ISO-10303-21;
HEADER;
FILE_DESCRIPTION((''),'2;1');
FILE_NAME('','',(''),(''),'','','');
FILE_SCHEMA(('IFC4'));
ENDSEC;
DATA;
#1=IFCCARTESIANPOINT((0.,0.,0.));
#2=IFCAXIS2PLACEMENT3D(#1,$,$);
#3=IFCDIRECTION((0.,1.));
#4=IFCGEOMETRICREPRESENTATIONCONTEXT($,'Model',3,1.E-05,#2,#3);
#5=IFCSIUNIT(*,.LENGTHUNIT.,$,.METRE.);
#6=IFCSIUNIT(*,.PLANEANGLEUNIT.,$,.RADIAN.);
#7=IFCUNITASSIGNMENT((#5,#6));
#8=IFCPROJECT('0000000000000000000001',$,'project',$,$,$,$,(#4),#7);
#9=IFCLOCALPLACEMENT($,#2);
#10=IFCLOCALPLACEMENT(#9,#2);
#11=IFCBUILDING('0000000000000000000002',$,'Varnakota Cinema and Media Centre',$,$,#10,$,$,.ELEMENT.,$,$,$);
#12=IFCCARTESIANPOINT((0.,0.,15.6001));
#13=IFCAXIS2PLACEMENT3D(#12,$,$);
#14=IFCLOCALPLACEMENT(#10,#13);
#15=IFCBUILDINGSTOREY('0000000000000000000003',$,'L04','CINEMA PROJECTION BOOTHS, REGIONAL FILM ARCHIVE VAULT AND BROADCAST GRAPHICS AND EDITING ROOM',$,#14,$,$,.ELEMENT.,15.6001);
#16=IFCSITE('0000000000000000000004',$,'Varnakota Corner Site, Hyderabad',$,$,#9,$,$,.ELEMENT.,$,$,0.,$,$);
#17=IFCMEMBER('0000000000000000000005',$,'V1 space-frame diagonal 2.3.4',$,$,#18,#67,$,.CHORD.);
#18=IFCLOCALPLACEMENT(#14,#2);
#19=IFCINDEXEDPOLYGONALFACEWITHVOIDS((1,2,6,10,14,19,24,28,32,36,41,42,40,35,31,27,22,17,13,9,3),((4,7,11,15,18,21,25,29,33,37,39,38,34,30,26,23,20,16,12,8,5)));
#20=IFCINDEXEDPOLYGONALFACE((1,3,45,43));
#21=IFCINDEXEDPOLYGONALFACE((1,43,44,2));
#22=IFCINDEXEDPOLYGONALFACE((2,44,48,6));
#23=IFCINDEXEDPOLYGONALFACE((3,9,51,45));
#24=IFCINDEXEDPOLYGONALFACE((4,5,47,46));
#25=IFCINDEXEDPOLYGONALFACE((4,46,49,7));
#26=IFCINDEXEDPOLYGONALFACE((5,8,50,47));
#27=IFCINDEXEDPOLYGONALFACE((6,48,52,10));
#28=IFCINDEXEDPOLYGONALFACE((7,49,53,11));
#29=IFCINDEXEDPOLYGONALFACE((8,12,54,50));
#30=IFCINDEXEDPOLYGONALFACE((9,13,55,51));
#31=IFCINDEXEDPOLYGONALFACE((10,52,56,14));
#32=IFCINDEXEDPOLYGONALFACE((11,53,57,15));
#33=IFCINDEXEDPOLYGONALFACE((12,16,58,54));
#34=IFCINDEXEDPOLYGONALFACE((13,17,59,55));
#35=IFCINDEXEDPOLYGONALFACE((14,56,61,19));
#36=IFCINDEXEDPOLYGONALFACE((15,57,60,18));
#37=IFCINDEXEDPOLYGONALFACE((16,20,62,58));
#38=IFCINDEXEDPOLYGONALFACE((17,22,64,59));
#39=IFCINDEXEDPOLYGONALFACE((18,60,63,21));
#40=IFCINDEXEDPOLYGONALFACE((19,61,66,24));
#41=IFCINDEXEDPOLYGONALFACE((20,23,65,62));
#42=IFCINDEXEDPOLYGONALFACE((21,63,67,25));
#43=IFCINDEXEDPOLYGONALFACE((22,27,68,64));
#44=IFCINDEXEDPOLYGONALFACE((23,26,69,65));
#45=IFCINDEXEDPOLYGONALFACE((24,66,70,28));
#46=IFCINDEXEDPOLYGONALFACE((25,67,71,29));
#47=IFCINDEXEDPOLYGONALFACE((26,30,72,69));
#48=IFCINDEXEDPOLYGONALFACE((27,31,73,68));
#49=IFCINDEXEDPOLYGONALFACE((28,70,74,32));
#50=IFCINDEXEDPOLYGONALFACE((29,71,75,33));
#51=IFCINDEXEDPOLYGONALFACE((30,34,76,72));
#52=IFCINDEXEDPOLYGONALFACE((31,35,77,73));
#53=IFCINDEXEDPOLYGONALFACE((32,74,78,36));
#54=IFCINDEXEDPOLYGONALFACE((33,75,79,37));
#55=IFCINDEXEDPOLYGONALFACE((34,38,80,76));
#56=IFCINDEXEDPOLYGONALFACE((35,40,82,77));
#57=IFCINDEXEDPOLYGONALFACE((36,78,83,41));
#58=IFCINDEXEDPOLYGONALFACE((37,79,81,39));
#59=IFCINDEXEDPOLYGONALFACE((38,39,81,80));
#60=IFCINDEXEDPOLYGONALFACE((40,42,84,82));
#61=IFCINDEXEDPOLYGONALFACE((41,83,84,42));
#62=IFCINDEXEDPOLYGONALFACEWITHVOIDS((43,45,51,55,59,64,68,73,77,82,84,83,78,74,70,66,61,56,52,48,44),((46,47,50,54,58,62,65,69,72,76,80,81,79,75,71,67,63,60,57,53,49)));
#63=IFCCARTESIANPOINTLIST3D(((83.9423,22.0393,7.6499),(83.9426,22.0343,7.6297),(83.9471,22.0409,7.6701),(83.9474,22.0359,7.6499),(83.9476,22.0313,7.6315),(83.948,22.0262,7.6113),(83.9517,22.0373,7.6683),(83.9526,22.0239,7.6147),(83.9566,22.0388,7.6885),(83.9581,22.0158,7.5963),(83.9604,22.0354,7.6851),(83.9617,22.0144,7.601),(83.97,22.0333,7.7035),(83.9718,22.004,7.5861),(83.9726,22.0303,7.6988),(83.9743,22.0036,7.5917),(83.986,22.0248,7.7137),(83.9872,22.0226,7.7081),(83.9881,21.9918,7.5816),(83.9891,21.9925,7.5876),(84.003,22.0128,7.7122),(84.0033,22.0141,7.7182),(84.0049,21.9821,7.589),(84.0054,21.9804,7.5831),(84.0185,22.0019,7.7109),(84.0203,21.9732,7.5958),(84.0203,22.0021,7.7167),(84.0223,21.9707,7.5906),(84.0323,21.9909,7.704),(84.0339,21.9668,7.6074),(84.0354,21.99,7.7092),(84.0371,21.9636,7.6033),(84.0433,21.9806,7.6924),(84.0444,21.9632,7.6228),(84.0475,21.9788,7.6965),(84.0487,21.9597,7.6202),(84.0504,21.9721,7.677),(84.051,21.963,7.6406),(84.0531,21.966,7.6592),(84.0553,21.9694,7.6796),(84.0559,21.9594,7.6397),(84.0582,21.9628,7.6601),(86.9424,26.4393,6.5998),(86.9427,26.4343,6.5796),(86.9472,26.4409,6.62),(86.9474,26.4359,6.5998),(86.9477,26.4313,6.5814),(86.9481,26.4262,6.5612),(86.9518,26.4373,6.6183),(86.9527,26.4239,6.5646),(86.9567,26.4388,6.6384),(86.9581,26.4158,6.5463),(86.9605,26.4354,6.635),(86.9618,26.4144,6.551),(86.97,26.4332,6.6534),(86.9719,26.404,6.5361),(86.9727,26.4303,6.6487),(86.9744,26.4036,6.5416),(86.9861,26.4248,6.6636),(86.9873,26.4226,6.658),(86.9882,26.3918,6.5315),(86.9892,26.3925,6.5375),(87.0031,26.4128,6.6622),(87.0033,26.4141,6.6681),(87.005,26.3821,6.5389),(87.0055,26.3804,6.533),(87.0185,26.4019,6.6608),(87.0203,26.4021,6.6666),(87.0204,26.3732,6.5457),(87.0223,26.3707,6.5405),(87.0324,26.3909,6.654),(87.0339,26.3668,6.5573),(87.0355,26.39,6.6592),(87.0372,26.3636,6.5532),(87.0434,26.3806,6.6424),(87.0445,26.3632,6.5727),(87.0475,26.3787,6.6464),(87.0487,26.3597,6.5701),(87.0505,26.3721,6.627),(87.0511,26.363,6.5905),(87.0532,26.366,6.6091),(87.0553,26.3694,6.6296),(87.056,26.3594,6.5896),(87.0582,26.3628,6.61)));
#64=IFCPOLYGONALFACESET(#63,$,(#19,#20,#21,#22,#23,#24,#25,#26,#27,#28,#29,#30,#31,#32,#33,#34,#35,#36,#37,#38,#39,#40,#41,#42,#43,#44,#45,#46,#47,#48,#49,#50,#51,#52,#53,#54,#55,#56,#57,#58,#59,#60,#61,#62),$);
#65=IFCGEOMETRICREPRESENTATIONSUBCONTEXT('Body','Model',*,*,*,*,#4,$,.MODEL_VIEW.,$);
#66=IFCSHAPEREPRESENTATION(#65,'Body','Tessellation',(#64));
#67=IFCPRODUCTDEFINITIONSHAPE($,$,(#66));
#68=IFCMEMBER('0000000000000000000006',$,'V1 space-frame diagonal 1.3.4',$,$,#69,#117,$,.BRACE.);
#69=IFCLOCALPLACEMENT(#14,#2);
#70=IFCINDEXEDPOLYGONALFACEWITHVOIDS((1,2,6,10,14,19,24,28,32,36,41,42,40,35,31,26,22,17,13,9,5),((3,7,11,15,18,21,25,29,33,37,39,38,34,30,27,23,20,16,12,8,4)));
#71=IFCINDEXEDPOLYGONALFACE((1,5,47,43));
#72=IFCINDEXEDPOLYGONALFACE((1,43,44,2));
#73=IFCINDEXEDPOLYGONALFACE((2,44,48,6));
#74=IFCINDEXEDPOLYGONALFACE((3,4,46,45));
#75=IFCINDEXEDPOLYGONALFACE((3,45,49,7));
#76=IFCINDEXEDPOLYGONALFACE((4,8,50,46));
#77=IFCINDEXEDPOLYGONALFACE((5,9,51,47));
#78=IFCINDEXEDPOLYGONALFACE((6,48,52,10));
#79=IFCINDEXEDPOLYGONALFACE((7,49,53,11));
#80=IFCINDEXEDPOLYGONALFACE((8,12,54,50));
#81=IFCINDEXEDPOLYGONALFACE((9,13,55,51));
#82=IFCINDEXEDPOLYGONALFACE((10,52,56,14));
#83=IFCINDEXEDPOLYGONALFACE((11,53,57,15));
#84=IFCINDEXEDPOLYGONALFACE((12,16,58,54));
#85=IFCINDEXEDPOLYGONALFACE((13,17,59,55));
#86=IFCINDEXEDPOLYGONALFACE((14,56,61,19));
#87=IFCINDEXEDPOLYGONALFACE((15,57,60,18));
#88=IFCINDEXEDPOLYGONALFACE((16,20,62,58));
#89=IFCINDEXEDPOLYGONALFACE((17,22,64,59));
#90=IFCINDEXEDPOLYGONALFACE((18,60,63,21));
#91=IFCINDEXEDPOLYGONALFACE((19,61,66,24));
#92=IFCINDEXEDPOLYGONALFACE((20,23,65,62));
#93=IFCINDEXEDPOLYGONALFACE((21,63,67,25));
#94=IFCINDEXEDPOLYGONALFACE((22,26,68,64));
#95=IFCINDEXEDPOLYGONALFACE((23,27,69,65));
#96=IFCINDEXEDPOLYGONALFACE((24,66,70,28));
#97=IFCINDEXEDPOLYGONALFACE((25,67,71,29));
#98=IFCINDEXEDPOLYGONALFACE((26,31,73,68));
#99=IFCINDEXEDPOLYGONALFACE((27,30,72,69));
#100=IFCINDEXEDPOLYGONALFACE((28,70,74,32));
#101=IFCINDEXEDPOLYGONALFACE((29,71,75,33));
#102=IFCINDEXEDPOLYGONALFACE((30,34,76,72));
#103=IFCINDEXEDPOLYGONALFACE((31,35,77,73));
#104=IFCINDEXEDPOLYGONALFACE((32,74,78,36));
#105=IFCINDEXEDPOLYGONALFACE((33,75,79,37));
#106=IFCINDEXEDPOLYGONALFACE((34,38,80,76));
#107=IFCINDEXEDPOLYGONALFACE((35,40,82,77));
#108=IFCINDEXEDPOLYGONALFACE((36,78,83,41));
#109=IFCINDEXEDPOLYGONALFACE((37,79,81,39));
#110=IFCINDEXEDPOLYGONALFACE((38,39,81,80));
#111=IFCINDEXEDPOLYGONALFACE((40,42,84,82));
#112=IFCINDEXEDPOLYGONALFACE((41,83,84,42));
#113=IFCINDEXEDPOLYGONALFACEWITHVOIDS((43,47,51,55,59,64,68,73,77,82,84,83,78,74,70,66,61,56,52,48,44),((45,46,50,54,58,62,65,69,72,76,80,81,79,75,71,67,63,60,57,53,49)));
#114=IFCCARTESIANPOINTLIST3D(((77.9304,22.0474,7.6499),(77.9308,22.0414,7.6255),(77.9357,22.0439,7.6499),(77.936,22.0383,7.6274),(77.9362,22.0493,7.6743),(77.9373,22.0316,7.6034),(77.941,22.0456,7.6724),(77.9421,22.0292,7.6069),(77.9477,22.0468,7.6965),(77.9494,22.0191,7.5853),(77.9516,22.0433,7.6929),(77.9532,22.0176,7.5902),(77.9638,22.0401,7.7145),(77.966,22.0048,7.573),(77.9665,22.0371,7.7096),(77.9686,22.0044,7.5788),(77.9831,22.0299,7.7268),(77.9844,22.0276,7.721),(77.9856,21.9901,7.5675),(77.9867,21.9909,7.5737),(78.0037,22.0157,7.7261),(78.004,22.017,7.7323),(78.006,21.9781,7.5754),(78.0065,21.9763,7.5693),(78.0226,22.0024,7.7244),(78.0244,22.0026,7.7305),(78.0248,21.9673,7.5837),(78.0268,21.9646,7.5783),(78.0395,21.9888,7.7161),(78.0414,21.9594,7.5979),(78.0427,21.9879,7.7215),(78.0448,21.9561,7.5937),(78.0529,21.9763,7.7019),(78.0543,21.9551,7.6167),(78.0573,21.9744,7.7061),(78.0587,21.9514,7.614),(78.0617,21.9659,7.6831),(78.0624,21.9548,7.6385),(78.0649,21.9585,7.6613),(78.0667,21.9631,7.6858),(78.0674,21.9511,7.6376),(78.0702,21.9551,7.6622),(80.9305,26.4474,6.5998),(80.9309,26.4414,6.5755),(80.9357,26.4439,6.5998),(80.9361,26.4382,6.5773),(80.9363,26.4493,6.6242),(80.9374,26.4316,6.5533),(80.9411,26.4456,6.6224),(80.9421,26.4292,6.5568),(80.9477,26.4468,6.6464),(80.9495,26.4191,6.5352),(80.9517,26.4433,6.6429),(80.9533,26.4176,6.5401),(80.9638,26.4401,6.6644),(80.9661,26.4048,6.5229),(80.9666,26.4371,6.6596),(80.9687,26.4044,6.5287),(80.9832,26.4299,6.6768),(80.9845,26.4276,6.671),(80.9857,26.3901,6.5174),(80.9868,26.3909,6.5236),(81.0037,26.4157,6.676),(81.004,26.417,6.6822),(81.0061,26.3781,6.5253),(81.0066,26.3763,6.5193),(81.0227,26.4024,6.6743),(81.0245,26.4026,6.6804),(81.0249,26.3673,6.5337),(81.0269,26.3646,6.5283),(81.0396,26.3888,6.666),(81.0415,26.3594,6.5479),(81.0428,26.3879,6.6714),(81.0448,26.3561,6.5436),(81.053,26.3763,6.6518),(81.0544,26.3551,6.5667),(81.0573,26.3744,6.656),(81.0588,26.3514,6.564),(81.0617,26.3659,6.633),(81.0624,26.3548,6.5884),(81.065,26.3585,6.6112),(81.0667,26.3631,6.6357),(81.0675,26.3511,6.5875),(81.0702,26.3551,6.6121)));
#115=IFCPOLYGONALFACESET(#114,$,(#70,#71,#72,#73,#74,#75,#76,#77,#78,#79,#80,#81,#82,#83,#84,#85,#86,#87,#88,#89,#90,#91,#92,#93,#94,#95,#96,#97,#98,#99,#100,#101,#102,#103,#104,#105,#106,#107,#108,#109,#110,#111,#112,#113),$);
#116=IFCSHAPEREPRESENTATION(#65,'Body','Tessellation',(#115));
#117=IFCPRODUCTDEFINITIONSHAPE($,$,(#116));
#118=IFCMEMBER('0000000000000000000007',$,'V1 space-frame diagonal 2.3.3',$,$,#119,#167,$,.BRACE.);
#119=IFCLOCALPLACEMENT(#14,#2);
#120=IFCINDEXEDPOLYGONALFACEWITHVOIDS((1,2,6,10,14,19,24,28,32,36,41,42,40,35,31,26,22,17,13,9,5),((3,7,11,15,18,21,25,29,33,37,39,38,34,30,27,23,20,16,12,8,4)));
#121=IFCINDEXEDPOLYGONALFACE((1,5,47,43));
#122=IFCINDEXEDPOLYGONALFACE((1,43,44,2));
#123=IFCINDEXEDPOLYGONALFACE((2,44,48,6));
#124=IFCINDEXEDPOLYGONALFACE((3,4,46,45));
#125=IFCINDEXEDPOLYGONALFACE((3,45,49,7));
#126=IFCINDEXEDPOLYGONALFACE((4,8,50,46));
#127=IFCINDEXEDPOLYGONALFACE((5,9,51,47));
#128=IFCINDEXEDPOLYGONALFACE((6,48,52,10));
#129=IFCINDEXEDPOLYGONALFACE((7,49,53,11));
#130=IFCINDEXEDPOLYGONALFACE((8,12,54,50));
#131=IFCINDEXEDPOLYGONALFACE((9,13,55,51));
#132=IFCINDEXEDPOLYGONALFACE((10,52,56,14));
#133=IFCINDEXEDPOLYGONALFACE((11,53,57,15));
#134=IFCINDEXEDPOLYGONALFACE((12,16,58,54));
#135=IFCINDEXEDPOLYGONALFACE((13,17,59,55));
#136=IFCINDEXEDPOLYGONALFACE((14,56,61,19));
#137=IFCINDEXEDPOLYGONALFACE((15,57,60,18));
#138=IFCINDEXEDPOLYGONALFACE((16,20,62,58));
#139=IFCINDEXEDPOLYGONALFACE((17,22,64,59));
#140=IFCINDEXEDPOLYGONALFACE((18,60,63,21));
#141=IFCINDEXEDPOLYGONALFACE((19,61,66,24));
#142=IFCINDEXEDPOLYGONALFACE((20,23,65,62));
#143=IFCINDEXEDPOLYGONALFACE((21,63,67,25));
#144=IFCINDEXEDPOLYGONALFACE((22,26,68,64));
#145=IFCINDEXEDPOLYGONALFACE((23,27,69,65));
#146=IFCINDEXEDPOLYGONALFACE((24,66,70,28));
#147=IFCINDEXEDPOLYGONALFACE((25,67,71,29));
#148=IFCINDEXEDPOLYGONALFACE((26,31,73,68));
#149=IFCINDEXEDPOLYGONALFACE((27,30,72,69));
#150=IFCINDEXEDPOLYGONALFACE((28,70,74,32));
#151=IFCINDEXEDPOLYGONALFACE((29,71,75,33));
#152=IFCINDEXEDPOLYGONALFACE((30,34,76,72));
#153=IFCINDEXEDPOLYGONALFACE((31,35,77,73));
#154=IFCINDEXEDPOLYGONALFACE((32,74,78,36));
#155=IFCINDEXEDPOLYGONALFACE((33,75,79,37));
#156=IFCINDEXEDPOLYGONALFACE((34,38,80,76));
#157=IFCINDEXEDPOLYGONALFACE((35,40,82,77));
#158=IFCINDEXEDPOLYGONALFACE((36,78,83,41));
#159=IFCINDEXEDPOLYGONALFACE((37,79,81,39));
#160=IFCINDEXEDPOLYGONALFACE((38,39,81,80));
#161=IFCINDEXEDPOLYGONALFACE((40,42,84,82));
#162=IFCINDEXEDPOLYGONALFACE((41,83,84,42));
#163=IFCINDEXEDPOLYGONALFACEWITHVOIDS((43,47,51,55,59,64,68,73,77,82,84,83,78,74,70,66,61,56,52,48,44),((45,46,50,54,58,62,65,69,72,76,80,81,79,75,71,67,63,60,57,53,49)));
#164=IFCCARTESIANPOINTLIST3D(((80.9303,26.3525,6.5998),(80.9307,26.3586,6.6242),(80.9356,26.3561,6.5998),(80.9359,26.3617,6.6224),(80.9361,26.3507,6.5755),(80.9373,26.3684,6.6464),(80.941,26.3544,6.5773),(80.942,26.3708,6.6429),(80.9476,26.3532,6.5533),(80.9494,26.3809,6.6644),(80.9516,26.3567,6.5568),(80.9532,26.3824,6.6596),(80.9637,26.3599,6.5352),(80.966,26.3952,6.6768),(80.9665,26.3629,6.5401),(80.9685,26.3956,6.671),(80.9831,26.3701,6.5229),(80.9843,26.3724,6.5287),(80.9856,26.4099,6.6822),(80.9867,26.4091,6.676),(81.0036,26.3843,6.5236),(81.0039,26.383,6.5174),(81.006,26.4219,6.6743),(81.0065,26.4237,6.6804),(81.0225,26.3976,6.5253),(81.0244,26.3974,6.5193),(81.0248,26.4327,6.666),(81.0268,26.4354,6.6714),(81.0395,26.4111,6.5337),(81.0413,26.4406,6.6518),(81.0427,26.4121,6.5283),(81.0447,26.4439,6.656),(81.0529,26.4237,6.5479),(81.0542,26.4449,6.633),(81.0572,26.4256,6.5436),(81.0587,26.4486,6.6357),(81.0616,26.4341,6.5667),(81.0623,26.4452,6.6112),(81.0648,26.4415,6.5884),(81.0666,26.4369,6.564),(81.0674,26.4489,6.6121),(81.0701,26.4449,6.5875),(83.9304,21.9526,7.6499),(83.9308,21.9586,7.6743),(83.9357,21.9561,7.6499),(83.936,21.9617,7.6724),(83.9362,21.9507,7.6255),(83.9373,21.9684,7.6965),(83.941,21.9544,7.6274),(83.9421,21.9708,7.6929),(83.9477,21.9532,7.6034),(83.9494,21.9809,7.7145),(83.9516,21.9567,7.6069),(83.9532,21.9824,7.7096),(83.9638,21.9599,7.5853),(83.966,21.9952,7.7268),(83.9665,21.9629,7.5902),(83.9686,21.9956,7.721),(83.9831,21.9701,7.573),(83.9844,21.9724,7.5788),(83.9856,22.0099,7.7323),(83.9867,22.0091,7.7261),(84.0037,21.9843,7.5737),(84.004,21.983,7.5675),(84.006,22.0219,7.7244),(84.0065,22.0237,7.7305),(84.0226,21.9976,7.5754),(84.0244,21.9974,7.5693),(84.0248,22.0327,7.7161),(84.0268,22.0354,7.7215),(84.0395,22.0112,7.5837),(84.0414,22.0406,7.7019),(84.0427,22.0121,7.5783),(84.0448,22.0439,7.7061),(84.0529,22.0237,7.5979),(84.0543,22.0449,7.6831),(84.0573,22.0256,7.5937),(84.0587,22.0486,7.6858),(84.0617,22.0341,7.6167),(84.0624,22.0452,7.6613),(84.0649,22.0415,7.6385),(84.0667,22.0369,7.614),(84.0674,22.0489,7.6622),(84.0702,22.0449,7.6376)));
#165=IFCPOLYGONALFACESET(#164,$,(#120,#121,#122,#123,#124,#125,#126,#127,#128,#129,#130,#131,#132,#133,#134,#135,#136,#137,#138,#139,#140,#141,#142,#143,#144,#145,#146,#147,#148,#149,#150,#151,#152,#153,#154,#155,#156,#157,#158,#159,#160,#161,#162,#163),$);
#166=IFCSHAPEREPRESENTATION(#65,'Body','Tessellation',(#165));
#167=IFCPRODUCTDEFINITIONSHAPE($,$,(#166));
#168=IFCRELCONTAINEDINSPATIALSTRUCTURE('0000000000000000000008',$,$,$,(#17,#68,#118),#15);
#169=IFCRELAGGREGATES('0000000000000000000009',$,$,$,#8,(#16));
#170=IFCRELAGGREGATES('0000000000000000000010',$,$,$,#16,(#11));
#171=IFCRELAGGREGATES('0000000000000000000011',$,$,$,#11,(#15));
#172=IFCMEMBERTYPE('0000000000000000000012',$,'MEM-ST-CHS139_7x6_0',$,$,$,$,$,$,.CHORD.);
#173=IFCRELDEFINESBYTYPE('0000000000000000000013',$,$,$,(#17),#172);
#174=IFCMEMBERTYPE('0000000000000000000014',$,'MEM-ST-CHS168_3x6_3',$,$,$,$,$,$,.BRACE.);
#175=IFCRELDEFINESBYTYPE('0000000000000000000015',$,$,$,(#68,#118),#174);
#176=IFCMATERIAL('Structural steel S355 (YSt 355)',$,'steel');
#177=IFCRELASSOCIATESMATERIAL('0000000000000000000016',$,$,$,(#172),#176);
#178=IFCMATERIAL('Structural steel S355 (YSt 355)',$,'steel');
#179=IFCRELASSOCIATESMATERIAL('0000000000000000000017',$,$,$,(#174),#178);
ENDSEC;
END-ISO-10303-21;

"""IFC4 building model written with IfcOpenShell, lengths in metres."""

from ifc_helpers import new_model, si_unit, direction, frame, origin, origin_2d, place, context, subcontext, project, spatial, hollow_circle, extrude, material, material_profile, profile_set, type_object, element, save


model = new_model("IFC4")

# Units and contexts
model_context = context("Model", 3, precision=1e-05, world=origin(), true_north=direction((0.0, 1.0)))
body_context = subcontext(model_context, "Body", "Model", "MODEL_VIEW")
ifc_project = project(units=[si_unit("LENGTHUNIT", "METRE"), si_unit("PLANEANGLEUNIT", "RADIAN")], contexts=[model_context])

# Site, building, storey
site_placement = place(None, origin())
site = spatial("IfcSite", under=ifc_project, at=site_placement, Name="Varnakota Corner Site, Hyderabad", CompositionType="ELEMENT", RefElevation=0.0)
building_placement = place(site_placement, origin())
building = spatial("IfcBuilding", under=site, at=building_placement, Name="Varnakota Cinema and Media Centre", CompositionType="ELEMENT")
storey_placement = place(building_placement, frame((0.0, 0.0, 15.6001)))
storey = spatial("IfcBuildingStorey", under=building, at=storey_placement, Name="L04", Description="CINEMA PROJECTION BOOTHS, REGIONAL FILM ARCHIVE VAULT AND BROADCAST GRAPHICS AND EDITING ROOM", CompositionType="ELEMENT", Elevation=15.6001)

# Members
ifc_material_1 = material(Name="Structural steel S355 (YSt 355)", Category="steel")
ifc_material_profile_1 = material_profile(ifc_material_1, hollow_circle(Radius=0.0698, WallThickness=0.0061, at=origin_2d()), Name="CHS 139.7x6.0")
ifc_profile_set_1 = profile_set([ifc_material_profile_1], Name="Structural steel S355 (YSt 355)")
member_type_1 = type_object("IfcMemberType", Name="MEM-ST-CHS139_7x6_0", PredefinedType="CHORD", material=ifc_profile_set_1)
member_1_placement = place(storey_placement, frame((84.0, 22.0, 7.6499), z_axis=(0.552703, 0.810613, -0.193455), x_axis=(-0.826222, 0.563345, 0.0)))
element("IfcMember", 1, at=member_1_placement, inside=storey, type_object=member_type_1, Name="V1 space-frame diagonal 2.3.4", PredefinedType="CHORD", context=body_context, shape_type="SweptSolid", body=[
    extrude(hollow_circle(Radius=0.0698, WallThickness=0.0061, at=origin_2d()), origin(), (0.0, 0.0, 1.0), 5.428),
])
ifc_material_2 = material(Name="Structural steel S355 (YSt 355)", Category="steel")
ifc_material_profile_2 = material_profile(ifc_material_2, hollow_circle(Radius=0.0842, WallThickness=0.0063, at=origin_2d()), Name="CHS 168.3x6.3")
ifc_profile_set_2 = profile_set([ifc_material_profile_2], Name="Structural steel S355 (YSt 355)")
member_type_2 = type_object("IfcMemberType", Name="MEM-ST-CHS168_3x6_3", PredefinedType="BRACE", material=ifc_profile_set_2)
for number, where, z_axis, x_axis, name in (
    (2, (78.0, 22.0, 7.6499), (0.552703, 0.810613, -0.193455), (-0.826222, 0.563345, 0.0), "V1 space-frame diagonal 1.3.4"),
    (3, (84.0, 22.0, 7.6499), (-0.552703, 0.810613, -0.193455), (-0.826222, -0.563345, 0.0), "V1 space-frame diagonal 2.3.3"),
):
    element("IfcMember", number, at=place(storey_placement, frame(where, z_axis=z_axis, x_axis=x_axis)), inside=storey, type_object=member_type_2, Name=name, PredefinedType="BRACE", context=body_context, shape_type="SweptSolid", body=[
        extrude(hollow_circle(Radius=0.0842, WallThickness=0.0063, at=origin_2d()), origin(), (0.0, 0.0, 1.0), 5.428),
    ])

save(model, "model.ifc")
